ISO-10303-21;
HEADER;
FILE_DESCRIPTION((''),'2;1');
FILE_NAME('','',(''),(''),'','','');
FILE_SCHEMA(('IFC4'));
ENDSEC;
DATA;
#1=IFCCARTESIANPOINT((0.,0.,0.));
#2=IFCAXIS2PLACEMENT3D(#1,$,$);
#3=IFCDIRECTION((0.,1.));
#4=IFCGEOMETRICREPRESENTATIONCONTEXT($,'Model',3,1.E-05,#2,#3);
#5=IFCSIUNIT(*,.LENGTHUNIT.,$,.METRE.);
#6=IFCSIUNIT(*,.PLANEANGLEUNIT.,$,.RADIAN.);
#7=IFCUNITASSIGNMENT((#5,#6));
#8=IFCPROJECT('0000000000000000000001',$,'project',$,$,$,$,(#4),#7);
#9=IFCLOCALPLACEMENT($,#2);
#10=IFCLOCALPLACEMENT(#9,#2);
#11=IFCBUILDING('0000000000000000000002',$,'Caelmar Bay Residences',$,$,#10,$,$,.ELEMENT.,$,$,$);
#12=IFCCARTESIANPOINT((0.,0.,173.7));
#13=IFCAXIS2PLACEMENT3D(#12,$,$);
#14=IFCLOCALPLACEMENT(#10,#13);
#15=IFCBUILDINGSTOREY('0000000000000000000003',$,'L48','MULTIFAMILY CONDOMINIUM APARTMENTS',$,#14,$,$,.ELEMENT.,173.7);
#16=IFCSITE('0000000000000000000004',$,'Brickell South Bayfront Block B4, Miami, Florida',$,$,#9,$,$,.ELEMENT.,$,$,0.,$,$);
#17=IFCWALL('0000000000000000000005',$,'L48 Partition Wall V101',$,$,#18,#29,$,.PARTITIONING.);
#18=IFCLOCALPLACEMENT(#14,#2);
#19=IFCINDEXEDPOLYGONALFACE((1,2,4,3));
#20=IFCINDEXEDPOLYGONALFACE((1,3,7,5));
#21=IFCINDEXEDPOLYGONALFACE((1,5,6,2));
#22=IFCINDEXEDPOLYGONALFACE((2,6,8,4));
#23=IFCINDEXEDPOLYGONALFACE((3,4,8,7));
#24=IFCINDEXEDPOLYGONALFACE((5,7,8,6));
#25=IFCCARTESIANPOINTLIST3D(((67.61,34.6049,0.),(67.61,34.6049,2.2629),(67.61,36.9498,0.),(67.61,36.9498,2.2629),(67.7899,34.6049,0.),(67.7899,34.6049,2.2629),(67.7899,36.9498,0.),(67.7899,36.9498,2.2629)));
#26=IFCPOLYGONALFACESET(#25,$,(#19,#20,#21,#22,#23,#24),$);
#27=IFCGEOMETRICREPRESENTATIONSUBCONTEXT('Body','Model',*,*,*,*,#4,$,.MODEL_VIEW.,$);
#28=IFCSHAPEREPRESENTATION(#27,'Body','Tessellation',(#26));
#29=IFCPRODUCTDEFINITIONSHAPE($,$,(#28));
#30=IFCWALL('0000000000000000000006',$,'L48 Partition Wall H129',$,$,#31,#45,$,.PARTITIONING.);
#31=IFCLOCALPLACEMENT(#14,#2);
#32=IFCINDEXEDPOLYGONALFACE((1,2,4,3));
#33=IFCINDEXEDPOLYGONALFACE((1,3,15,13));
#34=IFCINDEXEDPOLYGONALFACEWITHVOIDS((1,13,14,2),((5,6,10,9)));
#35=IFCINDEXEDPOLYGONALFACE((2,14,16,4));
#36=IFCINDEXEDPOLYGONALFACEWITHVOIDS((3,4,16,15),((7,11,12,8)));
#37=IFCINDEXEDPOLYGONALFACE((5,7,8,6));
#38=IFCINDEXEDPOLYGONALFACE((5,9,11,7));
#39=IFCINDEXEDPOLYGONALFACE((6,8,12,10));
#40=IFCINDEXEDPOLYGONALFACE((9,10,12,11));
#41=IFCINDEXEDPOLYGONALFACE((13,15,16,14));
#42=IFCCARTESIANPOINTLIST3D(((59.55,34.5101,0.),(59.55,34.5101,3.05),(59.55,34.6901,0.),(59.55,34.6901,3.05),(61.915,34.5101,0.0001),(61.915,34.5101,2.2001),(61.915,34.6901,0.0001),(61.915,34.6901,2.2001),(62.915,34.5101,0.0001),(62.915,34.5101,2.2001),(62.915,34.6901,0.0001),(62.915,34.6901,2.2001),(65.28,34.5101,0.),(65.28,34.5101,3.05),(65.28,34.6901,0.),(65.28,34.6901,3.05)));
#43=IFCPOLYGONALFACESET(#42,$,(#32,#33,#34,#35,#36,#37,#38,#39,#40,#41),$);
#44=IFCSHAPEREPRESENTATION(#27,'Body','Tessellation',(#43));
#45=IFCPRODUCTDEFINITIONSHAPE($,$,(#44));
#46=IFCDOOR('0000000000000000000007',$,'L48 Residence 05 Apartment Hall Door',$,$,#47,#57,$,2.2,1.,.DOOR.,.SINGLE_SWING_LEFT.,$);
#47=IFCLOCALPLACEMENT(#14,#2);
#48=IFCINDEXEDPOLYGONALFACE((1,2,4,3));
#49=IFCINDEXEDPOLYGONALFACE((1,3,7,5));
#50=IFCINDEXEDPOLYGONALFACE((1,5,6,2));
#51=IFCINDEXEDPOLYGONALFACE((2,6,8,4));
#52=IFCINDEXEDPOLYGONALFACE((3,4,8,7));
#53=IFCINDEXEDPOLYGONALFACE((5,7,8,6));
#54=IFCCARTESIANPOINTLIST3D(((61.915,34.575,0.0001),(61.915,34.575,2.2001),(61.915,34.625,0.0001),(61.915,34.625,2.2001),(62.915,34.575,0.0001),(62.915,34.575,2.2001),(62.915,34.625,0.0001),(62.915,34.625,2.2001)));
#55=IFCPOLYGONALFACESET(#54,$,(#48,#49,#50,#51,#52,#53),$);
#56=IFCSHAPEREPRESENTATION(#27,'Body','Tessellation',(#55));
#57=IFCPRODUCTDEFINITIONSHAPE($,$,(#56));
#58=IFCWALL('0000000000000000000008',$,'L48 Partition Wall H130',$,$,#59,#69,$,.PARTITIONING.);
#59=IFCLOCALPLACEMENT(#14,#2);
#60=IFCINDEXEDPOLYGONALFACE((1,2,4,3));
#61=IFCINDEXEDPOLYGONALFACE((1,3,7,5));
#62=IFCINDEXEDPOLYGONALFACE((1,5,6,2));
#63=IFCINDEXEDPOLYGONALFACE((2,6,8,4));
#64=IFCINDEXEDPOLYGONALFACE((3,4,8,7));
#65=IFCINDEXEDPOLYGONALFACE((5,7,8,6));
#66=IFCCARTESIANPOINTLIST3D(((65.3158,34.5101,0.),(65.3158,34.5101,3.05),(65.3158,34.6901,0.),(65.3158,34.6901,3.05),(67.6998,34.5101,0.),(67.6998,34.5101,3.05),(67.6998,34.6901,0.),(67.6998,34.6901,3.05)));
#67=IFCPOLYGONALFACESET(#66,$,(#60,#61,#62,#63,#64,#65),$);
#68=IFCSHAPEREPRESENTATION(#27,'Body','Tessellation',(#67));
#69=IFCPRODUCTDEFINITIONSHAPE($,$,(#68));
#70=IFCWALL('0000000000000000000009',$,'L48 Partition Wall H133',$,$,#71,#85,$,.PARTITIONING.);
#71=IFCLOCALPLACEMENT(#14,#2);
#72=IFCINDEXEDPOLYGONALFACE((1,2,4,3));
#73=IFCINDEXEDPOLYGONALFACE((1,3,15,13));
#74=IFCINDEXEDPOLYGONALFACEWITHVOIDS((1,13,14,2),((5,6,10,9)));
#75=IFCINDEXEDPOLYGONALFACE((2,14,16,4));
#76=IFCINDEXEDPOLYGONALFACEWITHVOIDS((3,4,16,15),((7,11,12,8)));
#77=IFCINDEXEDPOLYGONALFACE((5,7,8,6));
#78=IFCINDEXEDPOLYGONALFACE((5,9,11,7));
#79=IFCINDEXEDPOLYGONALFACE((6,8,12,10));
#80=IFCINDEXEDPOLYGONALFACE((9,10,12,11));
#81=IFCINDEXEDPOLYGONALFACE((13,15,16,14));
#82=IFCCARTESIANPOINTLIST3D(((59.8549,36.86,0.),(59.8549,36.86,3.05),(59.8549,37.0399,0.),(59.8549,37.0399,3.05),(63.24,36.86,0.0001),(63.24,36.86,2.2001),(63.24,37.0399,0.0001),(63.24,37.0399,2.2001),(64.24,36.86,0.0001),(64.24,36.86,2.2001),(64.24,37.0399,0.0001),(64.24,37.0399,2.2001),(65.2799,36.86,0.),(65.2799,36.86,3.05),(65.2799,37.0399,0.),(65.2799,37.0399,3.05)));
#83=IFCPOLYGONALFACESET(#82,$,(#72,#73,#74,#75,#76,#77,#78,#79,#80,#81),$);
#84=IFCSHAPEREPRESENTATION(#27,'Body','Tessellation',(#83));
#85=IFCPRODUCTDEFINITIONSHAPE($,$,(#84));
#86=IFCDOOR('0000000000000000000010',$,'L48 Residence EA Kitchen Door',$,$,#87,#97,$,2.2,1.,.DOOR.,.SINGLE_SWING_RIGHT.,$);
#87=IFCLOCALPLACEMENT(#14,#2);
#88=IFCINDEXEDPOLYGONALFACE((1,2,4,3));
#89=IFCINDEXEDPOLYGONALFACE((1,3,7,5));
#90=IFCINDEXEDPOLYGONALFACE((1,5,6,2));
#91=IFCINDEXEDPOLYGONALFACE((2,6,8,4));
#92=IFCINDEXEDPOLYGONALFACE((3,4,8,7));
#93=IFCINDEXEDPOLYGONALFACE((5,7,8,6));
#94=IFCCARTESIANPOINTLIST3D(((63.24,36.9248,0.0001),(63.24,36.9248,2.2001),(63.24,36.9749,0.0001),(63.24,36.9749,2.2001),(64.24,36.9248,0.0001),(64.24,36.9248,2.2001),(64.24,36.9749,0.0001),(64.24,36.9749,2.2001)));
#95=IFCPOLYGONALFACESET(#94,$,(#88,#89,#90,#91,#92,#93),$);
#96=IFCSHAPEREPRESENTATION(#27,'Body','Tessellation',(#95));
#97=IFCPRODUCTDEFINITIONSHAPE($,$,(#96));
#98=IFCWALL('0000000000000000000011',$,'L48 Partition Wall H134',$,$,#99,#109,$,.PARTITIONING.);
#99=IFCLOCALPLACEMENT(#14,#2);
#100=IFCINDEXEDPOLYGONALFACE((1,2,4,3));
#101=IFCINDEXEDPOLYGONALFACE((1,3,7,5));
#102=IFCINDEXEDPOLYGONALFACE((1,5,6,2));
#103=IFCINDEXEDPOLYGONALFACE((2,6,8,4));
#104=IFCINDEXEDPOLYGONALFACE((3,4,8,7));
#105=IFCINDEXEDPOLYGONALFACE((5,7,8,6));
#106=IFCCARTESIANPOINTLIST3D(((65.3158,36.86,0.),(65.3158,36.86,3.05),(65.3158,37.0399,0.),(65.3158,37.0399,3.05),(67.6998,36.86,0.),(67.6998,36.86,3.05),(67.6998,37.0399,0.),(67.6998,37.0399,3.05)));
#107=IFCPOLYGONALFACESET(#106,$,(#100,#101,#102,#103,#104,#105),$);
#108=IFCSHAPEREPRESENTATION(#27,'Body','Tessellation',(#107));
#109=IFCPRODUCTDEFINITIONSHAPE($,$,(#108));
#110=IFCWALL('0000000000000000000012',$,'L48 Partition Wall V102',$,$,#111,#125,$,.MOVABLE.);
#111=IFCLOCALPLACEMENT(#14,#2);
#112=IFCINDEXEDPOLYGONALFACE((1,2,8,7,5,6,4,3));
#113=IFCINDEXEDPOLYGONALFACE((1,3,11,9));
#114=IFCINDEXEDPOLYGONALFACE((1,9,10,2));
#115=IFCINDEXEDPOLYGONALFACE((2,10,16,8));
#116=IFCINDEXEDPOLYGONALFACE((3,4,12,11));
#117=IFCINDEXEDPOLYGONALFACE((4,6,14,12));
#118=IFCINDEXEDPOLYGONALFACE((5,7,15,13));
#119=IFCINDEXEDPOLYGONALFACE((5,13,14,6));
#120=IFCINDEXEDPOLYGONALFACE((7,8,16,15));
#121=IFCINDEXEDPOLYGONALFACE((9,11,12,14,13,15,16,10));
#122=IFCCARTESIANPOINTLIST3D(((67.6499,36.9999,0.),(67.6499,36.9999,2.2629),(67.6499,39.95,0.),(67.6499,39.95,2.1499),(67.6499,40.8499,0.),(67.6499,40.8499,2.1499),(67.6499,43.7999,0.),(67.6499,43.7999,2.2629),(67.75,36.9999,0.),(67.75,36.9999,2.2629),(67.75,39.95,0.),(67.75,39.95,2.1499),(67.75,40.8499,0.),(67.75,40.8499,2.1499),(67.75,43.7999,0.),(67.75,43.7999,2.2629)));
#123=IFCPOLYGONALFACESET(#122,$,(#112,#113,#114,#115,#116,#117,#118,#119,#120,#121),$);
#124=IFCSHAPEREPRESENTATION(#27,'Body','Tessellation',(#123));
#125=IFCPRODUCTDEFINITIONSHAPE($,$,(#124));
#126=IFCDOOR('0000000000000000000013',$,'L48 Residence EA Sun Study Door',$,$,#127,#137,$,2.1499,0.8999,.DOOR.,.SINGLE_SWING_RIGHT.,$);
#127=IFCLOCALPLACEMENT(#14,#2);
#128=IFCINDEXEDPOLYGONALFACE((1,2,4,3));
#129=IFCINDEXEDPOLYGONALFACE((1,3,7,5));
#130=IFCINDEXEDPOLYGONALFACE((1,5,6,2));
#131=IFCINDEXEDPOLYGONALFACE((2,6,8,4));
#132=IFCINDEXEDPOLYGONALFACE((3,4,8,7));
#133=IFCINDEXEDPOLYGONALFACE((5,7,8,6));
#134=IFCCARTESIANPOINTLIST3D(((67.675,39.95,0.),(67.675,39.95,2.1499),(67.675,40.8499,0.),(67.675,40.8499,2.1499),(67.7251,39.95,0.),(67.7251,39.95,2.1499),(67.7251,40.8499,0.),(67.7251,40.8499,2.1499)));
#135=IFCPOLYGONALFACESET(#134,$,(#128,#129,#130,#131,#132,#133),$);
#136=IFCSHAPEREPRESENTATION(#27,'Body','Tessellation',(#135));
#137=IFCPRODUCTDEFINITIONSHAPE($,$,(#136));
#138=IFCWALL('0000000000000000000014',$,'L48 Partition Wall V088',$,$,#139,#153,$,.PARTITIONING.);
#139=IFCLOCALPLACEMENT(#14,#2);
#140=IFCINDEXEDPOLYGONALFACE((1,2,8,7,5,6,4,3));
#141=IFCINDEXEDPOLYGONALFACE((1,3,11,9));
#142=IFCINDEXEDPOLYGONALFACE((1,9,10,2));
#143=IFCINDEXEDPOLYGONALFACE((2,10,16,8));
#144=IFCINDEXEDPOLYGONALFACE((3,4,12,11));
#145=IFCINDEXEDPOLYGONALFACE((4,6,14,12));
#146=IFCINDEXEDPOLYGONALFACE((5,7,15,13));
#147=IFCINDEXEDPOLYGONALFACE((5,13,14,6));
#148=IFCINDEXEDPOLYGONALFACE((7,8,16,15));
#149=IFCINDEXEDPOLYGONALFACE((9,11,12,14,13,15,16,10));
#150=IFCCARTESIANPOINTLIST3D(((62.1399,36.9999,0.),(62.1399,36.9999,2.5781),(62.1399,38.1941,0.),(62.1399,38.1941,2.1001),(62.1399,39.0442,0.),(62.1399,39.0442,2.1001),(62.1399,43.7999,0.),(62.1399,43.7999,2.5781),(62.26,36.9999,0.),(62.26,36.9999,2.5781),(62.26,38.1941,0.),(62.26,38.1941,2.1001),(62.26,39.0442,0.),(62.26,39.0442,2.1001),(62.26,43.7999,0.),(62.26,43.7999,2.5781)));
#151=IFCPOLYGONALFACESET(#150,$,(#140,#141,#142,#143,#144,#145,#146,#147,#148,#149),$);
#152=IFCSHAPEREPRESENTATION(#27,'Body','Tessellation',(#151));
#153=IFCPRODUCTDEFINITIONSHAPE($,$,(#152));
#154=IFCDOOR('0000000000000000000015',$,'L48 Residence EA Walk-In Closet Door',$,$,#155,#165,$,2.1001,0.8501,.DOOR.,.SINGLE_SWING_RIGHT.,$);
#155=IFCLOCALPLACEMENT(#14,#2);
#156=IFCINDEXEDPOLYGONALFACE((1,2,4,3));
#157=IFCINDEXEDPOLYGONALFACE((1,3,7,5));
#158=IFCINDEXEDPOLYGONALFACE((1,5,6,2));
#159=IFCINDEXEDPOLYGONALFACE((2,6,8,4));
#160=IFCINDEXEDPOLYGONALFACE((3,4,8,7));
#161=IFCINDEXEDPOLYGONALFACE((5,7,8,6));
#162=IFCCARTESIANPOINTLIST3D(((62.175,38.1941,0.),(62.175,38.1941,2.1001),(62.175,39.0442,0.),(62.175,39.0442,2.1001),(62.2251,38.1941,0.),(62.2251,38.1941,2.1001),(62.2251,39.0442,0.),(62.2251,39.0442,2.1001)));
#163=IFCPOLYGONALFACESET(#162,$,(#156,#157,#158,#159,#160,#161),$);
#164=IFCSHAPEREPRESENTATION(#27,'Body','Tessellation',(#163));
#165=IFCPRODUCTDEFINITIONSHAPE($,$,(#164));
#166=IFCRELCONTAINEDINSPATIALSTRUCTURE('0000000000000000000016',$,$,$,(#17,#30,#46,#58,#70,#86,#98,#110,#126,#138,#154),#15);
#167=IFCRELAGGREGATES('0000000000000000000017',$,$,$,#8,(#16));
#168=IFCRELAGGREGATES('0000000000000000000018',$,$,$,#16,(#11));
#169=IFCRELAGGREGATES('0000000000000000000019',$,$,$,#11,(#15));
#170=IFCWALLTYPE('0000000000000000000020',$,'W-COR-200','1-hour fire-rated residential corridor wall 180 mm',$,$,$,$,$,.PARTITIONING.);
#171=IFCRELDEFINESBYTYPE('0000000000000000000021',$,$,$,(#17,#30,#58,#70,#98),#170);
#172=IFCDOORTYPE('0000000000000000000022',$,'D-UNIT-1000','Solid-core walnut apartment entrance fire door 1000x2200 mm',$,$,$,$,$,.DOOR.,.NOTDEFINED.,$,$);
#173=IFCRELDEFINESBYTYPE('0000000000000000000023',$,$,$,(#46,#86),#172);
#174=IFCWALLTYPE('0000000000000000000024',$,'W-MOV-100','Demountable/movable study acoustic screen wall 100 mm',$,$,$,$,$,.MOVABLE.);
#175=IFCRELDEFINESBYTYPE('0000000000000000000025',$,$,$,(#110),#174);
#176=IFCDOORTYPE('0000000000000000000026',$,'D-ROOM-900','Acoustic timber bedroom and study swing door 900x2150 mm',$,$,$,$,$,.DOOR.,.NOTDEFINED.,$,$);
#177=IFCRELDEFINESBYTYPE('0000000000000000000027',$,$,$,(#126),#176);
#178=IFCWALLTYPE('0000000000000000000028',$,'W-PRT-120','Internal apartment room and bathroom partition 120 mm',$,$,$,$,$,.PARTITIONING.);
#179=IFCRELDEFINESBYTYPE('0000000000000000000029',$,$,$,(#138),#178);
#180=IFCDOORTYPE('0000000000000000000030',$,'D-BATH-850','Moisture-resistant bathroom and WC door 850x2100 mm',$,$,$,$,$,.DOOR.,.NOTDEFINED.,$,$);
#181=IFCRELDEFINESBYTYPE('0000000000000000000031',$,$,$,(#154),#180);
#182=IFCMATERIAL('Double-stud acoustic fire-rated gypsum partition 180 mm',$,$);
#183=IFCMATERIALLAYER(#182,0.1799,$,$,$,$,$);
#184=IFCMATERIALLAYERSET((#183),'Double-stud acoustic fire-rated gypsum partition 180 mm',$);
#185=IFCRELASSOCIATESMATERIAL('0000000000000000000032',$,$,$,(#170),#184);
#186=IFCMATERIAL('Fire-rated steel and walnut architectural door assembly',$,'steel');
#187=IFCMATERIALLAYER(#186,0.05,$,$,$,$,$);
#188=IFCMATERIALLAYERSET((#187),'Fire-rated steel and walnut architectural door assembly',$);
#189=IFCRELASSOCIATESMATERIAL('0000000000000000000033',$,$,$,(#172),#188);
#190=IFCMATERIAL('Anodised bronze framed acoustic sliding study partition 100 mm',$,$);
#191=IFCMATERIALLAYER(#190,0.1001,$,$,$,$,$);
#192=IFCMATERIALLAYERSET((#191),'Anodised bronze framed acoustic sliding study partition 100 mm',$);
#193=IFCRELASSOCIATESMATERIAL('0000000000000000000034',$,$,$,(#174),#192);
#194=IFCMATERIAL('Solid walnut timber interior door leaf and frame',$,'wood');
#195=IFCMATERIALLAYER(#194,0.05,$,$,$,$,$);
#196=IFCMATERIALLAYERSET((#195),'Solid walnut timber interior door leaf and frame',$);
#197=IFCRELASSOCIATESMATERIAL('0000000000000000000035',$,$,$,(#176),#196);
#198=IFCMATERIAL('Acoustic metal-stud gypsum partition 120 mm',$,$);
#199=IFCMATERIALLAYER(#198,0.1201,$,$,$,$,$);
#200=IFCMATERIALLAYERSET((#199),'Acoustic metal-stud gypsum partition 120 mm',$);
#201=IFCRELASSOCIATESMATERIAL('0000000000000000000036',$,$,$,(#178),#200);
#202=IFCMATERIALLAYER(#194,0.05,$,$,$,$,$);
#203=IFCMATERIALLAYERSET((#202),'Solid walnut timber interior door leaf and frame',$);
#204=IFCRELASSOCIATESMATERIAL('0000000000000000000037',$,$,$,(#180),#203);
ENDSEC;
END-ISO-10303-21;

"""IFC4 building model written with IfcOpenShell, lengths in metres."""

from ifc_helpers import new_model, si_unit, direction, frame, frame_2d, origin, place, context, subcontext, project, spatial, rectangle, extrude, material, layer, layer_set, type_object, element, fill, save


model = new_model("IFC4")

# Units and contexts
model_context = context("Model", 3, precision=1e-05, world=origin(), true_north=direction((0.0, 1.0)))
body_context = subcontext(model_context, "Body", "Model", "MODEL_VIEW")
ifc_project = project(units=[si_unit("LENGTHUNIT", "METRE"), si_unit("PLANEANGLEUNIT", "RADIAN")], contexts=[model_context])

# Site, building, storey
site_placement = place(None, origin())
site = spatial("IfcSite", under=ifc_project, at=site_placement, Name="Brickell South Bayfront Block B4, Miami, Florida", CompositionType="ELEMENT", RefElevation=0.0)
building_placement = place(site_placement, origin())
building = spatial("IfcBuilding", under=site, at=building_placement, Name="Caelmar Bay Residences", CompositionType="ELEMENT")
storey_placement = place(building_placement, frame((0.0, 0.0, 173.7)))
storey = spatial("IfcBuildingStorey", under=building, at=storey_placement, Name="L48", Description="MULTIFAMILY CONDOMINIUM APARTMENTS", CompositionType="ELEMENT", Elevation=173.7)

# Wall
ifc_material_1 = material(Name="Double-stud acoustic fire-rated gypsum partition 180 mm")
ifc_layer_1 = layer(ifc_material_1, 0.1799)
ifc_layer_set_1 = layer_set([ifc_layer_1], Name="Double-stud acoustic fire-rated gypsum partition 180 mm")
wall_type_1 = type_object("IfcWallType", Name="W-COR-200", Description="1-hour fire-rated residential corridor wall 180 mm", PredefinedType="PARTITIONING", material=ifc_layer_set_1)
wall_1_placement = place(storey_placement, frame((67.7, 34.605, 0.0), z_axis=(0.0, 0.0, 1.0), x_axis=(0.0, 1.0, 0.0)))
element("IfcWall", 1, at=wall_1_placement, inside=storey, type_object=wall_type_1, Name="L48 Partition Wall V101", PredefinedType="PARTITIONING", context=body_context, shape_type="SweptSolid", body=[
    extrude(rectangle(XDim=2.345, YDim=0.1799, at=frame_2d((1.1724, 0.0))), origin(), (0.0, 0.0, 1.0), 2.2629),
])

# Wall, opening, door
wall_2_placement = place(storey_placement, frame((59.55, 34.6001, 0.0), z_axis=(0.0, 0.0, 1.0), x_axis=(1.0, 0.0, 0.0)))
wall_2 = element("IfcWall", 2, at=wall_2_placement, inside=storey, type_object=wall_type_1, Name="L48 Partition Wall H129", PredefinedType="PARTITIONING", context=body_context, shape_type="SweptSolid", body=[
    extrude(rectangle(XDim=5.73, YDim=0.1799, at=frame_2d((2.865, 0.0))), origin(), (0.0, 0.0, 1.0), 3.05),
])
opening_1_placement = place(wall_2_placement, frame((2.365, 0.0, 0.0)))
opening_1 = element("IfcOpeningElement", 3, at=opening_1_placement, cuts=wall_2, PredefinedType="OPENING", context=body_context, shape_type="SweptSolid", body=[
    extrude(rectangle(XDim=1.0, YDim=2.2, at=frame_2d((0.5, 1.1001))), frame((0.0, 0.0999, 0.0), z_axis=(0.0, -1.0, 0.0), x_axis=(1.0, 0.0, 0.0)), (0.0, 0.0, 1.0), 0.2),
])
ifc_material_2 = material(Name="Fire-rated steel and walnut architectural door assembly", Category="steel")
ifc_layer_2 = layer(ifc_material_2, 0.05)
ifc_layer_set_2 = layer_set([ifc_layer_2], Name="Fire-rated steel and walnut architectural door assembly")
door_type_1 = type_object("IfcDoorType", Name="D-UNIT-1000", Description="Solid-core walnut apartment entrance fire door 1000x2200 mm", OperationType="NOTDEFINED", PredefinedType="DOOR", material=ifc_layer_set_2)
door_1_placement = place(opening_1_placement, origin())
door_1 = element("IfcDoor", 4, at=door_1_placement, inside=storey, type_object=door_type_1, Name="L48 Residence 05 Apartment Hall Door", OperationType="SINGLE_SWING_LEFT", OverallHeight=2.2, OverallWidth=1.0, PredefinedType="DOOR", context=body_context, shape_type="SweptSolid", body=[
    extrude(rectangle(XDim=1.0, YDim=2.2, at=frame_2d((0.5, 1.1001))), frame((0.0, 0.0249, 0.0), z_axis=(0.0, -1.0, 0.0), x_axis=(1.0, 0.0, 0.0)), (0.0, 0.0, 1.0), 0.05),
])
fill(opening_1, door_1)

# Wall
wall_3_placement = place(storey_placement, frame((65.3159, 34.6001, 0.0), z_axis=(0.0, 0.0, 1.0), x_axis=(1.0, 0.0, 0.0)))
element("IfcWall", 5, at=wall_3_placement, inside=storey, type_object=wall_type_1, Name="L48 Partition Wall H130", PredefinedType="PARTITIONING", context=body_context, shape_type="SweptSolid", body=[
    extrude(rectangle(XDim=2.384, YDim=0.1799, at=frame_2d((1.1919, 0.0))), origin(), (0.0, 0.0, 1.0), 3.05),
])

# Wall, opening, door
wall_4_placement = place(storey_placement, frame((59.855, 36.95, 0.0), z_axis=(0.0, 0.0, 1.0), x_axis=(1.0, 0.0, 0.0)))
wall_4 = element("IfcWall", 6, at=wall_4_placement, inside=storey, type_object=wall_type_1, Name="L48 Partition Wall H133", PredefinedType="PARTITIONING", context=body_context, shape_type="SweptSolid", body=[
    extrude(rectangle(XDim=5.425, YDim=0.1799, at=frame_2d((2.7124, 0.0))), origin(), (0.0, 0.0, 1.0), 3.05),
])
opening_2_placement = place(wall_4_placement, frame((3.385, 0.0, 0.0)))
opening_2 = element("IfcOpeningElement", 7, at=opening_2_placement, cuts=wall_4, PredefinedType="OPENING", context=body_context, shape_type="SweptSolid", body=[
    extrude(rectangle(XDim=1.0, YDim=2.2, at=frame_2d((0.5, 1.1001))), frame((0.0, 0.0999, 0.0), z_axis=(0.0, -1.0, 0.0), x_axis=(1.0, 0.0, 0.0)), (0.0, 0.0, 1.0), 0.2),
])
door_2_placement = place(opening_2_placement, origin())
door_2 = element("IfcDoor", 8, at=door_2_placement, inside=storey, type_object=door_type_1, Name="L48 Residence EA Kitchen Door", OperationType="SINGLE_SWING_RIGHT", OverallHeight=2.2, OverallWidth=1.0, PredefinedType="DOOR", context=body_context, shape_type="SweptSolid", body=[
    extrude(rectangle(XDim=1.0, YDim=2.2, at=frame_2d((0.5, 1.1001))), frame((0.0, 0.0249, 0.0), z_axis=(0.0, -1.0, 0.0), x_axis=(1.0, 0.0, 0.0)), (0.0, 0.0, 1.0), 0.05),
])
fill(opening_2, door_2)

# Wall
wall_5_placement = place(storey_placement, frame((65.3159, 36.95, 0.0), z_axis=(0.0, 0.0, 1.0), x_axis=(1.0, 0.0, 0.0)))
element("IfcWall", 9, at=wall_5_placement, inside=storey, type_object=wall_type_1, Name="L48 Partition Wall H134", PredefinedType="PARTITIONING", context=body_context, shape_type="SweptSolid", body=[
    extrude(rectangle(XDim=2.384, YDim=0.1799, at=frame_2d((1.1919, 0.0))), origin(), (0.0, 0.0, 1.0), 3.05),
])

# Walls, openings, doors
ifc_material_3 = material(Name="Anodised bronze framed acoustic sliding study partition 100 mm")
ifc_layer_3 = layer(ifc_material_3, 0.1001)
ifc_layer_set_3 = layer_set([ifc_layer_3], Name="Anodised bronze framed acoustic sliding study partition 100 mm")
wall_type_2 = type_object("IfcWallType", Name="W-MOV-100", Description="Demountable/movable study acoustic screen wall 100 mm", PredefinedType="MOVABLE", material=ifc_layer_set_3)
wall_6_placement = place(storey_placement, frame((67.7, 37.0, 0.0), z_axis=(0.0, 0.0, 1.0), x_axis=(0.0, 1.0, 0.0)))
wall_6 = element("IfcWall", 10, at=wall_6_placement, inside=storey, type_object=wall_type_2, Name="L48 Partition Wall V102", PredefinedType="MOVABLE", context=body_context, shape_type="SweptSolid", body=[
    extrude(rectangle(XDim=6.8, YDim=0.1001, at=frame_2d((3.3999, 0.0))), origin(), (0.0, 0.0, 1.0), 2.2629),
])
opening_3_placement = place(wall_6_placement, frame((2.95, 0.0, 0.0)))
opening_3 = element("IfcOpeningElement", 11, at=opening_3_placement, cuts=wall_6, PredefinedType="OPENING", context=body_context, shape_type="SweptSolid", body=[
    extrude(rectangle(XDim=0.8999, YDim=2.1499, at=frame_2d((0.45, 1.075))), frame((0.0, 0.0601, 0.0), z_axis=(0.0, -1.0, 0.0), x_axis=(1.0, 0.0, 0.0)), (0.0, 0.0, 1.0), 0.1201),
])
ifc_material_4 = material(Name="Solid walnut timber interior door leaf and frame", Category="wood")
ifc_layer_4 = layer(ifc_material_4, 0.05)
ifc_layer_set_4 = layer_set([ifc_layer_4], Name="Solid walnut timber interior door leaf and frame")
door_type_2 = type_object("IfcDoorType", Name="D-ROOM-900", Description="Acoustic timber bedroom and study swing door 900x2150 mm", OperationType="NOTDEFINED", PredefinedType="DOOR", material=ifc_layer_set_4)
door_3_placement = place(opening_3_placement, origin())
door_3 = element("IfcDoor", 12, at=door_3_placement, inside=storey, type_object=door_type_2, Name="L48 Residence EA Sun Study Door", OperationType="SINGLE_SWING_RIGHT", OverallHeight=2.1499, OverallWidth=0.8999, PredefinedType="DOOR", context=body_context, shape_type="SweptSolid", body=[
    extrude(rectangle(XDim=0.8999, YDim=2.1499, at=frame_2d((0.45, 1.075))), frame((0.0, 0.0249, 0.0), z_axis=(0.0, -1.0, 0.0), x_axis=(1.0, 0.0, 0.0)), (0.0, 0.0, 1.0), 0.05),
])
fill(opening_3, door_3)
ifc_material_5 = material(Name="Acoustic metal-stud gypsum partition 120 mm")
ifc_layer_5 = layer(ifc_material_5, 0.1201)
ifc_layer_set_5 = layer_set([ifc_layer_5], Name="Acoustic metal-stud gypsum partition 120 mm")
wall_type_3 = type_object("IfcWallType", Name="W-PRT-120", Description="Internal apartment room and bathroom partition 120 mm", PredefinedType="PARTITIONING", material=ifc_layer_set_5)
wall_7_placement = place(storey_placement, frame((62.2, 37.0, 0.0), z_axis=(0.0, 0.0, 1.0), x_axis=(0.0, 1.0, 0.0)))
wall_7 = element("IfcWall", 13, at=wall_7_placement, inside=storey, type_object=wall_type_3, Name="L48 Partition Wall V088", PredefinedType="PARTITIONING", context=body_context, shape_type="SweptSolid", body=[
    extrude(rectangle(XDim=6.8, YDim=0.1201, at=frame_2d((3.3999, 0.0))), origin(), (0.0, 0.0, 1.0), 2.5781),
])
opening_4_placement = place(wall_7_placement, frame((1.1941, 0.0, 0.0)))
opening_4 = element("IfcOpeningElement", 14, at=opening_4_placement, cuts=wall_7, PredefinedType="OPENING", context=body_context, shape_type="SweptSolid", body=[
    extrude(rectangle(XDim=0.8501, YDim=2.1001, at=frame_2d((0.425, 1.05))), frame((0.0, 0.0701, 0.0), z_axis=(0.0, -1.0, 0.0), x_axis=(1.0, 0.0, 0.0)), (0.0, 0.0, 1.0), 0.1401),
])
ifc_layer_6 = layer(ifc_material_4, 0.05)
ifc_layer_set_6 = layer_set([ifc_layer_6], Name="Solid walnut timber interior door leaf and frame")
door_type_3 = type_object("IfcDoorType", Name="D-BATH-850", Description="Moisture-resistant bathroom and WC door 850x2100 mm", OperationType="NOTDEFINED", PredefinedType="DOOR", material=ifc_layer_set_6)
door_4_placement = place(opening_4_placement, origin())
door_4 = element("IfcDoor", 15, at=door_4_placement, inside=storey, type_object=door_type_3, Name="L48 Residence EA Walk-In Closet Door", OperationType="SINGLE_SWING_RIGHT", OverallHeight=2.1001, OverallWidth=0.8501, PredefinedType="DOOR", context=body_context, shape_type="SweptSolid", body=[
    extrude(rectangle(XDim=0.8501, YDim=2.1001, at=frame_2d((0.425, 1.05))), frame((0.0, 0.0249, 0.0), z_axis=(0.0, -1.0, 0.0), x_axis=(1.0, 0.0, 0.0)), (0.0, 0.0, 1.0), 0.05),
])
fill(opening_4, door_4)

save(model, "model.ifc")
